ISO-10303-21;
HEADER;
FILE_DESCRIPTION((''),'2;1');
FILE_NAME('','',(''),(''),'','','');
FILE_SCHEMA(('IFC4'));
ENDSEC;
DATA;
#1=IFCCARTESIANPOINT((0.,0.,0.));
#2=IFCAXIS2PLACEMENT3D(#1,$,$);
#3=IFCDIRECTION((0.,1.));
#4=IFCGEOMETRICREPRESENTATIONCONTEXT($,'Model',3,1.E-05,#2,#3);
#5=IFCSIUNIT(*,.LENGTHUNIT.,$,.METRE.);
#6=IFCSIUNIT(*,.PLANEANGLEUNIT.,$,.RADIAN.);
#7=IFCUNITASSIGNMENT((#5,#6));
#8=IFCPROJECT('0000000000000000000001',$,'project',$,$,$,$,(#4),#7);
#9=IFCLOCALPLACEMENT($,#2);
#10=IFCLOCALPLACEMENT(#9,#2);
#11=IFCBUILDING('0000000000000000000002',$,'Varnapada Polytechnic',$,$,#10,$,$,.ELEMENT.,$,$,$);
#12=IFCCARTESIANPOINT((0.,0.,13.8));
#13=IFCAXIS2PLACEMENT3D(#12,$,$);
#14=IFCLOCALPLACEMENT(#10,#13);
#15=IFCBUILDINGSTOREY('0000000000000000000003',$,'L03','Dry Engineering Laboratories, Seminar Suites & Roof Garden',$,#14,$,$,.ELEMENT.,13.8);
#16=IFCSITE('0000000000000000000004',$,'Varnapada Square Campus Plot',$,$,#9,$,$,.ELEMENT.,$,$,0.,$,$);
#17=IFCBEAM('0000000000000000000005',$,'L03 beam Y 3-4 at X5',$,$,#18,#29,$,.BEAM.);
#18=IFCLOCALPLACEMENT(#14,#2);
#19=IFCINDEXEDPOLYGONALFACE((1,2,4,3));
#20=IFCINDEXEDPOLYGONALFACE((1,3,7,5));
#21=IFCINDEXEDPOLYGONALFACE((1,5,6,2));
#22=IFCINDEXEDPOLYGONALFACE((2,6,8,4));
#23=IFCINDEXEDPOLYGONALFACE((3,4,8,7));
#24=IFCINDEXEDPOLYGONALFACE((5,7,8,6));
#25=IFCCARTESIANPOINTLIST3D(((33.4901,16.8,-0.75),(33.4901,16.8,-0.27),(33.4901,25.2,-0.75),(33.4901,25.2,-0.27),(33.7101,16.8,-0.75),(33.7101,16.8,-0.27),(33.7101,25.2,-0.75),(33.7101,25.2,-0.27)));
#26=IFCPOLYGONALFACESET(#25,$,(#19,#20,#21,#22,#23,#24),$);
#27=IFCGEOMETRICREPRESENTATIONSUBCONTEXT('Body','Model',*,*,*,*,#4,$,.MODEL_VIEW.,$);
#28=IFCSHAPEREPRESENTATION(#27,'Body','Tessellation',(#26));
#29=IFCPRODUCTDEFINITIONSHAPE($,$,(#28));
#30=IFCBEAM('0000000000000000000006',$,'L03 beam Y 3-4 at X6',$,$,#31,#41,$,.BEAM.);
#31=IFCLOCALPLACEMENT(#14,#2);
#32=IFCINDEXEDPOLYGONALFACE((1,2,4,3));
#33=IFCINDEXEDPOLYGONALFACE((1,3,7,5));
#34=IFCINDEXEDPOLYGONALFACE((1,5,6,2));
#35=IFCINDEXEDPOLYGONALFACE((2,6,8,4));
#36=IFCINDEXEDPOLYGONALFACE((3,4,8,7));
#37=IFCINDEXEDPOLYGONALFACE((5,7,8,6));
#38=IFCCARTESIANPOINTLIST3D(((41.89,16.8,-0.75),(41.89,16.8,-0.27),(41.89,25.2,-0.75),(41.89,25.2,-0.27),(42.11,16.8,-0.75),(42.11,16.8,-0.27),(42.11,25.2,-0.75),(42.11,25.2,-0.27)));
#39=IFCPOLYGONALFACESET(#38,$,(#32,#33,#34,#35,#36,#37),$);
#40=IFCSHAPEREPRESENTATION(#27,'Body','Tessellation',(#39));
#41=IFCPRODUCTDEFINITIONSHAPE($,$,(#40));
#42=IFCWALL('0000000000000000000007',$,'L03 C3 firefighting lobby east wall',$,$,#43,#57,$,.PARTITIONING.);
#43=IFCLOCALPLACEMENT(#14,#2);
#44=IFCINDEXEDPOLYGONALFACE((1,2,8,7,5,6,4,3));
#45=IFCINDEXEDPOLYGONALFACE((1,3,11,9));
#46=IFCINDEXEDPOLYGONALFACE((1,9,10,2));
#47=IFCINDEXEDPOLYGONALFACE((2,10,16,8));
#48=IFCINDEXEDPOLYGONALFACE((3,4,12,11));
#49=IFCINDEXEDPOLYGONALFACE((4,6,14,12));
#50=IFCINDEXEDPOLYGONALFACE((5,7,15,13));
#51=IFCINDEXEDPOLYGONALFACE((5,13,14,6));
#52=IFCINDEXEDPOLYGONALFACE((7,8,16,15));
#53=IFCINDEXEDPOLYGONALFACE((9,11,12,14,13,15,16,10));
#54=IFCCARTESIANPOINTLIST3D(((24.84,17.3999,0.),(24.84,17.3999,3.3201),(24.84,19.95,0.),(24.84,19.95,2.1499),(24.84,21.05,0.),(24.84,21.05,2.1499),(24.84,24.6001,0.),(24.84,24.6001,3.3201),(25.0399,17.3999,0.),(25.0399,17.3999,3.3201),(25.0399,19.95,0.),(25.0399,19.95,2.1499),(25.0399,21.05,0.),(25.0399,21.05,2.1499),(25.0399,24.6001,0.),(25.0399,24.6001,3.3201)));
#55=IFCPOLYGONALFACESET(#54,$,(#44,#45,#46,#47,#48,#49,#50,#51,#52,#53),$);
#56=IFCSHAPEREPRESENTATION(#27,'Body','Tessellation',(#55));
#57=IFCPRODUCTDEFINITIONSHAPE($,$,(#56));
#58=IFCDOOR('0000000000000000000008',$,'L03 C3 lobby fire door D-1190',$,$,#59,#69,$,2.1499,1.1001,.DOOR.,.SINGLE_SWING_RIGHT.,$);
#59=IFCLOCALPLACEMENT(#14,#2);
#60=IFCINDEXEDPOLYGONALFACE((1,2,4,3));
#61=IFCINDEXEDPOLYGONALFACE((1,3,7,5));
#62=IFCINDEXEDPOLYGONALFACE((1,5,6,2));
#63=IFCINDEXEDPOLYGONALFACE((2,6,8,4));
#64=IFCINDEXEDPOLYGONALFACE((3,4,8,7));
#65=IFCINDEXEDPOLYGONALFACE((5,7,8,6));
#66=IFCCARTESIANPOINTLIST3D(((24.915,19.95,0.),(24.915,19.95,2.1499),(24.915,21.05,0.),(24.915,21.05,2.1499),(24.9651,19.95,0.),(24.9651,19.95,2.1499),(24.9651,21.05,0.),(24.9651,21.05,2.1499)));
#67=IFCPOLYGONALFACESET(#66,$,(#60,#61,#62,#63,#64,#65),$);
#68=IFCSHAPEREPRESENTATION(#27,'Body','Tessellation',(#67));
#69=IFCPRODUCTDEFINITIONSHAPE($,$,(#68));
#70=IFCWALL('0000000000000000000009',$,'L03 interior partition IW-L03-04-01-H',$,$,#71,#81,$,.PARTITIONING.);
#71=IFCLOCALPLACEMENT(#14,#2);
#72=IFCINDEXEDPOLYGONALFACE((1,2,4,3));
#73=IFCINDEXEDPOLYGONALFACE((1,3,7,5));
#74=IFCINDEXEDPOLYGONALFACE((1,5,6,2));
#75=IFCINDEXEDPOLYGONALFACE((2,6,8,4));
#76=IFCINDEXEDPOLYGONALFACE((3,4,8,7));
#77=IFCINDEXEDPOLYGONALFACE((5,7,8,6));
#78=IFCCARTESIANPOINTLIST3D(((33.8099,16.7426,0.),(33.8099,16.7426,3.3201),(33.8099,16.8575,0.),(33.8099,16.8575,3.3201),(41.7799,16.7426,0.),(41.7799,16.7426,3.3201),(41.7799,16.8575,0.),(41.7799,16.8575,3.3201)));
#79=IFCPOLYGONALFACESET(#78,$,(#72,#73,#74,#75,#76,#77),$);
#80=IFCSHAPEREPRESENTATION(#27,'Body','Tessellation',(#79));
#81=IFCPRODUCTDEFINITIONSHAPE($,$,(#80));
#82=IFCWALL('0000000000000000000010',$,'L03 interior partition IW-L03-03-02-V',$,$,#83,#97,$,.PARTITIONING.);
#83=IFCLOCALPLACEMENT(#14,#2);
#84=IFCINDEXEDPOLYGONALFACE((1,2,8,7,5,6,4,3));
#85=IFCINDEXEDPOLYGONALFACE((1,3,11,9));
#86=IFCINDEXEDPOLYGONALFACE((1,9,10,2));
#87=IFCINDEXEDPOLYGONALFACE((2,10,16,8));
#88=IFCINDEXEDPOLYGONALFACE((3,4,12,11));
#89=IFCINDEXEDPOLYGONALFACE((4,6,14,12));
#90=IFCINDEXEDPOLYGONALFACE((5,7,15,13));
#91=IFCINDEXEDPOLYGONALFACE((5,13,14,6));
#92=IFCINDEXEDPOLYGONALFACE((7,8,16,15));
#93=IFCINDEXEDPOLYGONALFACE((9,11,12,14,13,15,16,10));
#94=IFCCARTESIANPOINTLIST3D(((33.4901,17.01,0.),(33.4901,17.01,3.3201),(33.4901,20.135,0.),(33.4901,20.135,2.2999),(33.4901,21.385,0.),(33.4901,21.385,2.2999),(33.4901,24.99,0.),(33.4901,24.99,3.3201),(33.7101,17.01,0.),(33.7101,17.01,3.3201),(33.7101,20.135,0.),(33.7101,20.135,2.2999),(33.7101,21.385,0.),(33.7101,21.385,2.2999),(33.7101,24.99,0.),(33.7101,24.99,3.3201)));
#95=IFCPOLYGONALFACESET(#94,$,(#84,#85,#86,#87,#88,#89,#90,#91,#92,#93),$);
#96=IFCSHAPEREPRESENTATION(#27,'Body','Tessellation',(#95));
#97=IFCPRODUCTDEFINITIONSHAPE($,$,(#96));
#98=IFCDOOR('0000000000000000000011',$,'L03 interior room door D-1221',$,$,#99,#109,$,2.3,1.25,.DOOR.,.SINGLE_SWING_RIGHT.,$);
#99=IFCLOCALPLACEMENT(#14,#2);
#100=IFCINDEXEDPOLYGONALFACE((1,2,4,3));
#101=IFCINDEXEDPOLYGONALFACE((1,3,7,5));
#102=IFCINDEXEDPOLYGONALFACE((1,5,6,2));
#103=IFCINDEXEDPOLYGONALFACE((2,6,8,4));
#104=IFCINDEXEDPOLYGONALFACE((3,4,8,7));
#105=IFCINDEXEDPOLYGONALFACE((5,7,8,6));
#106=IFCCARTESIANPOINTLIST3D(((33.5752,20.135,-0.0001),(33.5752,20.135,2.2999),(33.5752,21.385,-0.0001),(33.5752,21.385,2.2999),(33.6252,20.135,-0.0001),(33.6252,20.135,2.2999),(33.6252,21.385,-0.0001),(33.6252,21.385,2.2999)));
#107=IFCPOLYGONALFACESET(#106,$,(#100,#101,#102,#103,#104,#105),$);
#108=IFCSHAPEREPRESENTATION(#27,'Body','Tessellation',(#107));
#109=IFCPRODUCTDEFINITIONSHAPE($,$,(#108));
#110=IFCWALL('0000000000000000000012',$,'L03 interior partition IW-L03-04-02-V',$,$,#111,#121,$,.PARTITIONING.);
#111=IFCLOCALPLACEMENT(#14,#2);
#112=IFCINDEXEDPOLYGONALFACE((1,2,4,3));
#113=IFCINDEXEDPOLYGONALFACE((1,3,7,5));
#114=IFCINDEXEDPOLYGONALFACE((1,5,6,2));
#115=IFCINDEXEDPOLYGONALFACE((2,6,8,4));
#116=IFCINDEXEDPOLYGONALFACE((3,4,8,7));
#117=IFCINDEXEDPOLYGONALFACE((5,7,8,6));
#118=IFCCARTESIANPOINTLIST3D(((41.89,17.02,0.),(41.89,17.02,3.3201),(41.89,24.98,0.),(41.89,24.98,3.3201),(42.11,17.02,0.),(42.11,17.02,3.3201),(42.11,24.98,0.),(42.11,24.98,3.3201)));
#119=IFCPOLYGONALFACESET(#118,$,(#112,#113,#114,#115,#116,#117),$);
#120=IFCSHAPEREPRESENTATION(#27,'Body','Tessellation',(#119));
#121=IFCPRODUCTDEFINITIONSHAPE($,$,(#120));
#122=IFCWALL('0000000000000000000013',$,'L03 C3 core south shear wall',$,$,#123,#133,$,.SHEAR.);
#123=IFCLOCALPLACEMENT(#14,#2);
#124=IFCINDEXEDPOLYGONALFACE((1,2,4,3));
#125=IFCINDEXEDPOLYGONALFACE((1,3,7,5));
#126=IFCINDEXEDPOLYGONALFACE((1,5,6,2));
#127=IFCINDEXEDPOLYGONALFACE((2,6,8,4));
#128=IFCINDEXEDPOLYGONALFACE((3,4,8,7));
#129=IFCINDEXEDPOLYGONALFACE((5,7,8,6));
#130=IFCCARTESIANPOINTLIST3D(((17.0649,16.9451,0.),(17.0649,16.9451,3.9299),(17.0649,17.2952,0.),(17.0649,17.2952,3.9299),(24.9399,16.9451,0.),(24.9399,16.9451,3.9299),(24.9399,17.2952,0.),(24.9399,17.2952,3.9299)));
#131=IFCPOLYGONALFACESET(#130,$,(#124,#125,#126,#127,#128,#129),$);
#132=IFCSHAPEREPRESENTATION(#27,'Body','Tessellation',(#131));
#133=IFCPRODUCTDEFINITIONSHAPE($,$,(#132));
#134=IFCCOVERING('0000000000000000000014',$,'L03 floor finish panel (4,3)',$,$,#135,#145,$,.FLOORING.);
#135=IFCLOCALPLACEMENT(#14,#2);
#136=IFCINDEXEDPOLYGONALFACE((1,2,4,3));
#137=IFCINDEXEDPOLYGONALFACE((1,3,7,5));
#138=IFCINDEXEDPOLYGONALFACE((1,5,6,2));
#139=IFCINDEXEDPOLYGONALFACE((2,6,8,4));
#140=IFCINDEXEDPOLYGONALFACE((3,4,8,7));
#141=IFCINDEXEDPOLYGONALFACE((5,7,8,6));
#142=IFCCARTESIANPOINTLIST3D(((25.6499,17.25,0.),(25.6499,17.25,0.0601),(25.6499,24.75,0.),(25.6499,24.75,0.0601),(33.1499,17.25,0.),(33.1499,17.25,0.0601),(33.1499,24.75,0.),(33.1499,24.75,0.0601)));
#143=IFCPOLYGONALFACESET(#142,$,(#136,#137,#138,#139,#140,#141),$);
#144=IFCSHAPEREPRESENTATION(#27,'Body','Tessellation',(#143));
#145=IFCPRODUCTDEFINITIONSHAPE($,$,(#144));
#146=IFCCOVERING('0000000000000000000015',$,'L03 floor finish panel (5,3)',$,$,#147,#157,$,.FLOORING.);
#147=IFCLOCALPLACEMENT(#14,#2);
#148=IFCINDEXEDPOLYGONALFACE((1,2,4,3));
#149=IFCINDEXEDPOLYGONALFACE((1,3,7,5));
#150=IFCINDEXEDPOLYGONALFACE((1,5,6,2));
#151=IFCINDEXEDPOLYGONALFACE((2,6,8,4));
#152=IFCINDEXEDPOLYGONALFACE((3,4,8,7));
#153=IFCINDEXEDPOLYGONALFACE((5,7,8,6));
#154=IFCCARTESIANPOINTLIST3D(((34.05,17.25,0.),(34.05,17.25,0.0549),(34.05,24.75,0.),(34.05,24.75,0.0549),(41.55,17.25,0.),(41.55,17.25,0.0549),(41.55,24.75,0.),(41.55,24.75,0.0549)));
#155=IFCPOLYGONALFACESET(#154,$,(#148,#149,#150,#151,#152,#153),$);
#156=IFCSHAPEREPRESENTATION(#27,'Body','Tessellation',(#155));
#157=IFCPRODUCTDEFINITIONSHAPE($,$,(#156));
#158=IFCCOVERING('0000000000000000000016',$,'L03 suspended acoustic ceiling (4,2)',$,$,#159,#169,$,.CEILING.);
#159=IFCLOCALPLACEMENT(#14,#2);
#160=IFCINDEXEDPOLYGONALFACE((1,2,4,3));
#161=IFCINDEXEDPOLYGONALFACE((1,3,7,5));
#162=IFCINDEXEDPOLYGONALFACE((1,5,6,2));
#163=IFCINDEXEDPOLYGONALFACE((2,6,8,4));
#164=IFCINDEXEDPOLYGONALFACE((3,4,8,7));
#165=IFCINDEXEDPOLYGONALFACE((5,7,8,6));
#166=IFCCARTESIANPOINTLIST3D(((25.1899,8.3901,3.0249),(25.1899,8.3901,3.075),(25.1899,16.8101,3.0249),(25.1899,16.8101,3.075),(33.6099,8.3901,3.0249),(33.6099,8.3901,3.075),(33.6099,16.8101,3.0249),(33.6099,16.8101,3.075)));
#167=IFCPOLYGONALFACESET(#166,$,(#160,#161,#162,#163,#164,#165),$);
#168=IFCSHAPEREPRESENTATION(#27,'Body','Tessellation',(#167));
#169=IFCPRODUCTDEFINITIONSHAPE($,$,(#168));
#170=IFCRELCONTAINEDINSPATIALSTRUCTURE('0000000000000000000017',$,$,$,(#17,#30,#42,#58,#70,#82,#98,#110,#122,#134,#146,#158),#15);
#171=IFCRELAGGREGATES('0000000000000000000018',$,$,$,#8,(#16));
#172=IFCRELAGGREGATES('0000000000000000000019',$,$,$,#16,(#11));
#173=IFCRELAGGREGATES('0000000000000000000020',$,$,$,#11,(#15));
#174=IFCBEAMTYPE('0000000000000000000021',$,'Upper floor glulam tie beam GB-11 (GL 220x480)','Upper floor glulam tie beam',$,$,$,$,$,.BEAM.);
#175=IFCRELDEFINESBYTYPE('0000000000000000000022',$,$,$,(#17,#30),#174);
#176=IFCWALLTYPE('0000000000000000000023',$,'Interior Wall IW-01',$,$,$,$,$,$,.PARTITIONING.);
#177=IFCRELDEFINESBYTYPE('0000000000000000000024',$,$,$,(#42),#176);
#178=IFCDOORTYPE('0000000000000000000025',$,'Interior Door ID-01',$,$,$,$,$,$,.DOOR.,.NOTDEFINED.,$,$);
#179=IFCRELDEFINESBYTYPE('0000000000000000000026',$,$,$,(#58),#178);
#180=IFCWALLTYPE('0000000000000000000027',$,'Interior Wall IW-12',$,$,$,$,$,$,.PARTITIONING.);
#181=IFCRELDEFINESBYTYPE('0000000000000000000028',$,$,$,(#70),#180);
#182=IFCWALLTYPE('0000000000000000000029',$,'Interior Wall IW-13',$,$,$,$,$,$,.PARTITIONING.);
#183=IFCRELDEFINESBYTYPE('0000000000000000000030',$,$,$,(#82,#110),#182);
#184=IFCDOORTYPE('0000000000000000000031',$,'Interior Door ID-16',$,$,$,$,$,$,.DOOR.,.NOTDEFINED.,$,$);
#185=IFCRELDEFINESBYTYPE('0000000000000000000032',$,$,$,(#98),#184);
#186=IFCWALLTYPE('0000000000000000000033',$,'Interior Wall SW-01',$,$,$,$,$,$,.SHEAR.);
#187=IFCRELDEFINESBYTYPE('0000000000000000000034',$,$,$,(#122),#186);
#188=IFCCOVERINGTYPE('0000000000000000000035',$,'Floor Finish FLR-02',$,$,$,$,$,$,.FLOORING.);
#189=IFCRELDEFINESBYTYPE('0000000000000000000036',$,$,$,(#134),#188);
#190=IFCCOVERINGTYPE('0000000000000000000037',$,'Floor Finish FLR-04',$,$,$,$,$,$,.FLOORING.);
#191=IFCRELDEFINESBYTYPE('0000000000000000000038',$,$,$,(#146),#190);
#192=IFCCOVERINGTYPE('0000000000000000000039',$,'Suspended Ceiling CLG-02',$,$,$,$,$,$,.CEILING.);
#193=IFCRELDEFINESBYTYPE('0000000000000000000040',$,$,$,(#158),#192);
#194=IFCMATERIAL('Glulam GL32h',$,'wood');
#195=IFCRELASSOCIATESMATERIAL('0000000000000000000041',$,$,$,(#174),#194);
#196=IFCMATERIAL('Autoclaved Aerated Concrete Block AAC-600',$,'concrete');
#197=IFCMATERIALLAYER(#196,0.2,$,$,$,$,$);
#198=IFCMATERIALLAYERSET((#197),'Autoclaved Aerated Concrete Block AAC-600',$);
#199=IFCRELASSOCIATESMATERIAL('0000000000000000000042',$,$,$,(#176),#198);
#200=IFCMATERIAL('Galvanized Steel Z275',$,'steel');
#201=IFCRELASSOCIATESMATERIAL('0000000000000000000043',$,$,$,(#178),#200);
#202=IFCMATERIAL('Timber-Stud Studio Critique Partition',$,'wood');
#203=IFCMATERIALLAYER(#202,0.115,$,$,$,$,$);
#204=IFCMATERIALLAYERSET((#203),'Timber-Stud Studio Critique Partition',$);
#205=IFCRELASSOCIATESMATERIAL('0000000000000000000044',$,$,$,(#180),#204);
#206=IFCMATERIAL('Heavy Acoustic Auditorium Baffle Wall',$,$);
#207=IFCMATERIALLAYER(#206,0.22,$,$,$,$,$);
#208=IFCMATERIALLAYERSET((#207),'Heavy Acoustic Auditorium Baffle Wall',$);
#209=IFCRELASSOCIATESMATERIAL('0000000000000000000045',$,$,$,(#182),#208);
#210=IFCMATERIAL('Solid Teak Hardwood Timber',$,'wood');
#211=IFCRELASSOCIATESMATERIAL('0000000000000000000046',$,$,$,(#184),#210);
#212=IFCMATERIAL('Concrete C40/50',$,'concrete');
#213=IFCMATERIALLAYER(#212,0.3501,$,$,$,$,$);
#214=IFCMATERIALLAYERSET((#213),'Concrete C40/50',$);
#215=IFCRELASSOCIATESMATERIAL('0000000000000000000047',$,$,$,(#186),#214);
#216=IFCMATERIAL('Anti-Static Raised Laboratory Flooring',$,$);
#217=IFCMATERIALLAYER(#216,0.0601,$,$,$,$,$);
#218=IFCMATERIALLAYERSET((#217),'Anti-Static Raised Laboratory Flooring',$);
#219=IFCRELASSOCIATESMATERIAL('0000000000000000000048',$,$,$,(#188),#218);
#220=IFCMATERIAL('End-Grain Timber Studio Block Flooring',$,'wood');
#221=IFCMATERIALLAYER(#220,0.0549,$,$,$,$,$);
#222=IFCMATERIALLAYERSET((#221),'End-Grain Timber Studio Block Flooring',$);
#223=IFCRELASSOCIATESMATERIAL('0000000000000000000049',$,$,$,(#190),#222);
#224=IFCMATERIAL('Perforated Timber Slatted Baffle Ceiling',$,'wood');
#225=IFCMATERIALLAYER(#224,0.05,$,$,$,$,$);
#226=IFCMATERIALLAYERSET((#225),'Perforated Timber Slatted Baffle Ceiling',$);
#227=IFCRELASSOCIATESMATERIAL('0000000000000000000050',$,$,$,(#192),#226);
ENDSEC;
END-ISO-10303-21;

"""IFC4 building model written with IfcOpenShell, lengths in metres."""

from ifc_helpers import new_model, si_unit, direction, frame, frame_2d, origin, origin_2d, place, context, subcontext, project, spatial, rectangle, extrude, material, layer, layer_set, material_profile, profile_set, type_object, element, fill, save


model = new_model("IFC4")

# Units and contexts
model_context = context("Model", 3, precision=1e-05, world=origin(), true_north=direction((0.0, 1.0)))
body_context = subcontext(model_context, "Body", "Model", "MODEL_VIEW")
ifc_project = project(units=[si_unit("LENGTHUNIT", "METRE"), si_unit("PLANEANGLEUNIT", "RADIAN")], contexts=[model_context])

# Site, building, storey
site_placement = place(None, origin())
site = spatial("IfcSite", under=ifc_project, at=site_placement, Name="Varnapada Square Campus Plot", CompositionType="ELEMENT", RefElevation=0.0)
building_placement = place(site_placement, origin())
building = spatial("IfcBuilding", under=site, at=building_placement, Name="Varnapada Polytechnic", CompositionType="ELEMENT")
storey_placement = place(building_placement, frame((0.0, 0.0, 13.8)))
storey = spatial("IfcBuildingStorey", under=building, at=storey_placement, Name="L03", Description="Dry Engineering Laboratories, Seminar Suites & Roof Garden", CompositionType="ELEMENT", Elevation=13.8)

# Shared definitions
ifc_material_1 = material(Name="Glulam GL32h", Category="wood")

# Beams
ifc_material_profile_1 = material_profile(ifc_material_1, rectangle(XDim=0.22, YDim=0.48, at=origin_2d()), Name="GL 220x480")
ifc_profile_set_1 = profile_set([ifc_material_profile_1], Name="Glulam GL32h")
beam_type_1 = type_object("IfcBeamType", Name="Upper floor glulam tie beam GB-11 (GL 220x480)", Description="Upper floor glulam tie beam", PredefinedType="BEAM", material=ifc_profile_set_1)
for number, where, z_axis, x_axis, name in (
    (1, (33.6001, 16.8, -0.51), (0.0, 1.0, 0.0), (-1.0, 0.0, 0.0), "L03 beam Y 3-4 at X5"),
    (2, (42.0, 16.8, -0.51), (0.0, 1.0, 0.0), (-1.0, 0.0, 0.0), "L03 beam Y 3-4 at X6"),
):
    element("IfcBeam", number, at=place(storey_placement, frame(where, z_axis=z_axis, x_axis=x_axis)), inside=storey, type_object=beam_type_1, Name=name, PredefinedType="BEAM", context=body_context, shape_type="SweptSolid", body=[
        extrude(rectangle(XDim=0.22, YDim=0.48, at=origin_2d()), origin(), (0.0, 0.0, 1.0), 8.3999),
    ])

# Wall, opening, door
ifc_material_2 = material(Name="Autoclaved Aerated Concrete Block AAC-600", Category="concrete")
ifc_layer_1 = layer(ifc_material_2, 0.2)
ifc_layer_set_1 = layer_set([ifc_layer_1], Name="Autoclaved Aerated Concrete Block AAC-600")
wall_type_1 = type_object("IfcWallType", Name="Interior Wall IW-01", PredefinedType="PARTITIONING", material=ifc_layer_set_1)
wall_1_placement = place(storey_placement, frame((24.9399, 24.6001, 0.0), z_axis=(0.0, 0.0, 1.0), x_axis=(0.0, -1.0, 0.0)))
wall_1 = element("IfcWall", 3, at=wall_1_placement, inside=storey, type_object=wall_type_1, Name="L03 C3 firefighting lobby east wall", PredefinedType="PARTITIONING", context=body_context, shape_type="SweptSolid", body=[
    extrude(rectangle(XDim=7.2002, YDim=0.2, at=frame_2d((3.6001, 0.0))), origin(), (0.0, 0.0, 1.0), 3.3201),
])
opening_1_placement = place(wall_1_placement, frame((3.55, 0.0, 0.0)))
opening_1 = element("IfcOpeningElement", 4, at=opening_1_placement, cuts=wall_1, PredefinedType="OPENING", context=body_context, shape_type="SweptSolid", body=[
    extrude(rectangle(XDim=1.1001, YDim=2.1499, at=frame_2d((0.55, 1.075))), frame((0.0, 0.1099, 0.0), z_axis=(0.0, -1.0, 0.0), x_axis=(1.0, 0.0, 0.0)), (0.0, 0.0, 1.0), 0.22),
])
ifc_material_3 = material(Name="Galvanized Steel Z275", Category="steel")
door_type_1 = type_object("IfcDoorType", Name="Interior Door ID-01", OperationType="NOTDEFINED", PredefinedType="DOOR", material=ifc_material_3)
door_1_placement = place(opening_1_placement, frame((1.1001, 0.0, 0.0), z_axis=(0.0, 0.0, 1.0), x_axis=(-1.0, 0.0, 0.0)))
door_1 = element("IfcDoor", 5, at=door_1_placement, inside=storey, type_object=door_type_1, Name="L03 C3 lobby fire door D-1190", OperationType="SINGLE_SWING_RIGHT", OverallHeight=2.1499, OverallWidth=1.1001, PredefinedType="DOOR", context=body_context, shape_type="SweptSolid", body=[
    extrude(rectangle(XDim=1.1001, YDim=2.1499, at=frame_2d((0.55, 1.075))), frame((0.0, 0.0249, 0.0), z_axis=(0.0, -1.0, 0.0), x_axis=(1.0, 0.0, 0.0)), (0.0, 0.0, 1.0), 0.05),
])
fill(opening_1, door_1)

# Wall
ifc_material_4 = material(Name="Timber-Stud Studio Critique Partition", Category="wood")
ifc_layer_2 = layer(ifc_material_4, 0.115)
ifc_layer_set_2 = layer_set([ifc_layer_2], Name="Timber-Stud Studio Critique Partition")
wall_type_2 = type_object("IfcWallType", Name="Interior Wall IW-12", PredefinedType="PARTITIONING", material=ifc_layer_set_2)
wall_2_placement = place(storey_placement, frame((33.8101, 16.8, 0.0), z_axis=(0.0, 0.0, 1.0), x_axis=(1.0, 0.0, 0.0)))
element("IfcWall", 6, at=wall_2_placement, inside=storey, type_object=wall_type_2, Name="L03 interior partition IW-L03-04-01-H", PredefinedType="PARTITIONING", context=body_context, shape_type="SweptSolid", body=[
    extrude(rectangle(XDim=7.97, YDim=0.115, at=frame_2d((3.9849, 0.0))), origin(), (0.0, 0.0, 1.0), 3.3201),
])

# Wall, opening, door
ifc_material_5 = material(Name="Heavy Acoustic Auditorium Baffle Wall")
ifc_layer_3 = layer(ifc_material_5, 0.22)
ifc_layer_set_3 = layer_set([ifc_layer_3], Name="Heavy Acoustic Auditorium Baffle Wall")
wall_type_3 = type_object("IfcWallType", Name="Interior Wall IW-13", PredefinedType="PARTITIONING", material=ifc_layer_set_3)
wall_3_placement = place(storey_placement, frame((33.6001, 17.01, 0.0), z_axis=(0.0, 0.0, 1.0), x_axis=(0.0, 1.0, 0.0)))
wall_3 = element("IfcWall", 7, at=wall_3_placement, inside=storey, type_object=wall_type_3, Name="L03 interior partition IW-L03-03-02-V", PredefinedType="PARTITIONING", context=body_context, shape_type="SweptSolid", body=[
    extrude(rectangle(XDim=7.98, YDim=0.22, at=frame_2d((3.99, 0.0))), origin(), (0.0, 0.0, 1.0), 3.3201),
])
opening_2_placement = place(wall_3_placement, frame((3.125, 0.0, 0.0)))
opening_2 = element("IfcOpeningElement", 8, at=opening_2_placement, cuts=wall_3, PredefinedType="OPENING", context=body_context, shape_type="SweptSolid", body=[
    extrude(rectangle(XDim=1.25, YDim=2.3, at=frame_2d((0.625, 1.1499))), frame((0.0, 0.1199, 0.0), z_axis=(0.0, -1.0, 0.0), x_axis=(1.0, 0.0, 0.0)), (0.0, 0.0, 1.0), 0.24),
])
ifc_material_6 = material(Name="Solid Teak Hardwood Timber", Category="wood")
door_type_2 = type_object("IfcDoorType", Name="Interior Door ID-16", OperationType="NOTDEFINED", PredefinedType="DOOR", material=ifc_material_6)
door_2_placement = place(opening_2_placement, origin())
door_2 = element("IfcDoor", 9, at=door_2_placement, inside=storey, type_object=door_type_2, Name="L03 interior room door D-1221", OperationType="SINGLE_SWING_RIGHT", OverallHeight=2.3, OverallWidth=1.25, PredefinedType="DOOR", context=body_context, shape_type="SweptSolid", body=[
    extrude(rectangle(XDim=1.25, YDim=2.3, at=frame_2d((0.625, 1.1499))), frame((0.0, 0.0249, 0.0), z_axis=(0.0, -1.0, 0.0), x_axis=(1.0, 0.0, 0.0)), (0.0, 0.0, 1.0), 0.05),
])
fill(opening_2, door_2)

# Walls
wall_4_placement = place(storey_placement, frame((42.0, 17.02, 0.0), z_axis=(0.0, 0.0, 1.0), x_axis=(0.0, 1.0, 0.0)))
element("IfcWall", 10, at=wall_4_placement, inside=storey, type_object=wall_type_3, Name="L03 interior partition IW-L03-04-02-V", PredefinedType="PARTITIONING", context=body_context, shape_type="SweptSolid", body=[
    extrude(rectangle(XDim=7.96, YDim=0.22, at=frame_2d((3.98, 0.0))), origin(), (0.0, 0.0, 1.0), 3.3201),
])
ifc_material_7 = material(Name="Concrete C40/50", Category="concrete")
ifc_layer_4 = layer(ifc_material_7, 0.3501)
ifc_layer_set_4 = layer_set([ifc_layer_4], Name="Concrete C40/50")
wall_type_4 = type_object("IfcWallType", Name="Interior Wall SW-01", PredefinedType="SHEAR", material=ifc_layer_set_4)
wall_5_placement = place(storey_placement, frame((24.9399, 17.1201, 0.0), z_axis=(0.0, 0.0, 1.0), x_axis=(-1.0, 0.0, 0.0)))
element("IfcWall", 11, at=wall_5_placement, inside=storey, type_object=wall_type_4, Name="L03 C3 core south shear wall", PredefinedType="SHEAR", context=body_context, shape_type="SweptSolid", body=[
    extrude(rectangle(XDim=7.875, YDim=0.3501, at=frame_2d((3.9375, 0.0))), origin(), (0.0, 0.0, 1.0), 3.9299),
])

# Coverings
ifc_material_8 = material(Name="Anti-Static Raised Laboratory Flooring")
ifc_layer_5 = layer(ifc_material_8, 0.0601)
ifc_layer_set_5 = layer_set([ifc_layer_5], Name="Anti-Static Raised Laboratory Flooring")
covering_type_1 = type_object("IfcCoveringType", Name="Floor Finish FLR-02", PredefinedType="FLOORING", material=ifc_layer_set_5)
covering_1_placement = place(storey_placement, frame((29.3999, 21.0, 0.0), z_axis=(0.0, 0.0, 1.0), x_axis=(1.0, 0.0, 0.0)))
element("IfcCovering", 12, at=covering_1_placement, inside=storey, type_object=covering_type_1, Name="L03 floor finish panel (4,3)", PredefinedType="FLOORING", context=body_context, shape_type="SweptSolid", body=[
    extrude(rectangle(XDim=7.5, YDim=7.5, at=origin_2d()), origin(), (0.0, 0.0, 1.0), 0.0601),
])
ifc_material_9 = material(Name="End-Grain Timber Studio Block Flooring", Category="wood")
ifc_layer_6 = layer(ifc_material_9, 0.0549)
ifc_layer_set_6 = layer_set([ifc_layer_6], Name="End-Grain Timber Studio Block Flooring")
covering_type_2 = type_object("IfcCoveringType", Name="Floor Finish FLR-04", PredefinedType="FLOORING", material=ifc_layer_set_6)
covering_2_placement = place(storey_placement, frame((37.8, 21.0, 0.0), z_axis=(0.0, 0.0, 1.0), x_axis=(1.0, 0.0, 0.0)))
element("IfcCovering", 13, at=covering_2_placement, inside=storey, type_object=covering_type_2, Name="L03 floor finish panel (5,3)", PredefinedType="FLOORING", context=body_context, shape_type="SweptSolid", body=[
    extrude(rectangle(XDim=7.5, YDim=7.5, at=origin_2d()), origin(), (0.0, 0.0, 1.0), 0.0549),
])
ifc_material_10 = material(Name="Perforated Timber Slatted Baffle Ceiling", Category="wood")
ifc_layer_7 = layer(ifc_material_10, 0.05)
ifc_layer_set_7 = layer_set([ifc_layer_7], Name="Perforated Timber Slatted Baffle Ceiling")
covering_type_3 = type_object("IfcCoveringType", Name="Suspended Ceiling CLG-02", PredefinedType="CEILING", material=ifc_layer_set_7)
for number, where, z_axis, x_axis, name in (
    (14, (29.3999, 12.6001, 3.0249), (0.0, 0.0, 1.0), (1.0, 0.0, 0.0), "L03 suspended acoustic ceiling (4,2)"),
):
    element("IfcCovering", number, at=place(storey_placement, frame(where, z_axis=z_axis, x_axis=x_axis)), inside=storey, type_object=covering_type_3, Name=name, PredefinedType="CEILING", context=body_context, shape_type="SweptSolid", body=[
        extrude(rectangle(XDim=8.4199, YDim=8.4199, at=origin_2d()), origin(), (0.0, 0.0, 1.0), 0.05),
    ])

save(model, "model.ifc")
